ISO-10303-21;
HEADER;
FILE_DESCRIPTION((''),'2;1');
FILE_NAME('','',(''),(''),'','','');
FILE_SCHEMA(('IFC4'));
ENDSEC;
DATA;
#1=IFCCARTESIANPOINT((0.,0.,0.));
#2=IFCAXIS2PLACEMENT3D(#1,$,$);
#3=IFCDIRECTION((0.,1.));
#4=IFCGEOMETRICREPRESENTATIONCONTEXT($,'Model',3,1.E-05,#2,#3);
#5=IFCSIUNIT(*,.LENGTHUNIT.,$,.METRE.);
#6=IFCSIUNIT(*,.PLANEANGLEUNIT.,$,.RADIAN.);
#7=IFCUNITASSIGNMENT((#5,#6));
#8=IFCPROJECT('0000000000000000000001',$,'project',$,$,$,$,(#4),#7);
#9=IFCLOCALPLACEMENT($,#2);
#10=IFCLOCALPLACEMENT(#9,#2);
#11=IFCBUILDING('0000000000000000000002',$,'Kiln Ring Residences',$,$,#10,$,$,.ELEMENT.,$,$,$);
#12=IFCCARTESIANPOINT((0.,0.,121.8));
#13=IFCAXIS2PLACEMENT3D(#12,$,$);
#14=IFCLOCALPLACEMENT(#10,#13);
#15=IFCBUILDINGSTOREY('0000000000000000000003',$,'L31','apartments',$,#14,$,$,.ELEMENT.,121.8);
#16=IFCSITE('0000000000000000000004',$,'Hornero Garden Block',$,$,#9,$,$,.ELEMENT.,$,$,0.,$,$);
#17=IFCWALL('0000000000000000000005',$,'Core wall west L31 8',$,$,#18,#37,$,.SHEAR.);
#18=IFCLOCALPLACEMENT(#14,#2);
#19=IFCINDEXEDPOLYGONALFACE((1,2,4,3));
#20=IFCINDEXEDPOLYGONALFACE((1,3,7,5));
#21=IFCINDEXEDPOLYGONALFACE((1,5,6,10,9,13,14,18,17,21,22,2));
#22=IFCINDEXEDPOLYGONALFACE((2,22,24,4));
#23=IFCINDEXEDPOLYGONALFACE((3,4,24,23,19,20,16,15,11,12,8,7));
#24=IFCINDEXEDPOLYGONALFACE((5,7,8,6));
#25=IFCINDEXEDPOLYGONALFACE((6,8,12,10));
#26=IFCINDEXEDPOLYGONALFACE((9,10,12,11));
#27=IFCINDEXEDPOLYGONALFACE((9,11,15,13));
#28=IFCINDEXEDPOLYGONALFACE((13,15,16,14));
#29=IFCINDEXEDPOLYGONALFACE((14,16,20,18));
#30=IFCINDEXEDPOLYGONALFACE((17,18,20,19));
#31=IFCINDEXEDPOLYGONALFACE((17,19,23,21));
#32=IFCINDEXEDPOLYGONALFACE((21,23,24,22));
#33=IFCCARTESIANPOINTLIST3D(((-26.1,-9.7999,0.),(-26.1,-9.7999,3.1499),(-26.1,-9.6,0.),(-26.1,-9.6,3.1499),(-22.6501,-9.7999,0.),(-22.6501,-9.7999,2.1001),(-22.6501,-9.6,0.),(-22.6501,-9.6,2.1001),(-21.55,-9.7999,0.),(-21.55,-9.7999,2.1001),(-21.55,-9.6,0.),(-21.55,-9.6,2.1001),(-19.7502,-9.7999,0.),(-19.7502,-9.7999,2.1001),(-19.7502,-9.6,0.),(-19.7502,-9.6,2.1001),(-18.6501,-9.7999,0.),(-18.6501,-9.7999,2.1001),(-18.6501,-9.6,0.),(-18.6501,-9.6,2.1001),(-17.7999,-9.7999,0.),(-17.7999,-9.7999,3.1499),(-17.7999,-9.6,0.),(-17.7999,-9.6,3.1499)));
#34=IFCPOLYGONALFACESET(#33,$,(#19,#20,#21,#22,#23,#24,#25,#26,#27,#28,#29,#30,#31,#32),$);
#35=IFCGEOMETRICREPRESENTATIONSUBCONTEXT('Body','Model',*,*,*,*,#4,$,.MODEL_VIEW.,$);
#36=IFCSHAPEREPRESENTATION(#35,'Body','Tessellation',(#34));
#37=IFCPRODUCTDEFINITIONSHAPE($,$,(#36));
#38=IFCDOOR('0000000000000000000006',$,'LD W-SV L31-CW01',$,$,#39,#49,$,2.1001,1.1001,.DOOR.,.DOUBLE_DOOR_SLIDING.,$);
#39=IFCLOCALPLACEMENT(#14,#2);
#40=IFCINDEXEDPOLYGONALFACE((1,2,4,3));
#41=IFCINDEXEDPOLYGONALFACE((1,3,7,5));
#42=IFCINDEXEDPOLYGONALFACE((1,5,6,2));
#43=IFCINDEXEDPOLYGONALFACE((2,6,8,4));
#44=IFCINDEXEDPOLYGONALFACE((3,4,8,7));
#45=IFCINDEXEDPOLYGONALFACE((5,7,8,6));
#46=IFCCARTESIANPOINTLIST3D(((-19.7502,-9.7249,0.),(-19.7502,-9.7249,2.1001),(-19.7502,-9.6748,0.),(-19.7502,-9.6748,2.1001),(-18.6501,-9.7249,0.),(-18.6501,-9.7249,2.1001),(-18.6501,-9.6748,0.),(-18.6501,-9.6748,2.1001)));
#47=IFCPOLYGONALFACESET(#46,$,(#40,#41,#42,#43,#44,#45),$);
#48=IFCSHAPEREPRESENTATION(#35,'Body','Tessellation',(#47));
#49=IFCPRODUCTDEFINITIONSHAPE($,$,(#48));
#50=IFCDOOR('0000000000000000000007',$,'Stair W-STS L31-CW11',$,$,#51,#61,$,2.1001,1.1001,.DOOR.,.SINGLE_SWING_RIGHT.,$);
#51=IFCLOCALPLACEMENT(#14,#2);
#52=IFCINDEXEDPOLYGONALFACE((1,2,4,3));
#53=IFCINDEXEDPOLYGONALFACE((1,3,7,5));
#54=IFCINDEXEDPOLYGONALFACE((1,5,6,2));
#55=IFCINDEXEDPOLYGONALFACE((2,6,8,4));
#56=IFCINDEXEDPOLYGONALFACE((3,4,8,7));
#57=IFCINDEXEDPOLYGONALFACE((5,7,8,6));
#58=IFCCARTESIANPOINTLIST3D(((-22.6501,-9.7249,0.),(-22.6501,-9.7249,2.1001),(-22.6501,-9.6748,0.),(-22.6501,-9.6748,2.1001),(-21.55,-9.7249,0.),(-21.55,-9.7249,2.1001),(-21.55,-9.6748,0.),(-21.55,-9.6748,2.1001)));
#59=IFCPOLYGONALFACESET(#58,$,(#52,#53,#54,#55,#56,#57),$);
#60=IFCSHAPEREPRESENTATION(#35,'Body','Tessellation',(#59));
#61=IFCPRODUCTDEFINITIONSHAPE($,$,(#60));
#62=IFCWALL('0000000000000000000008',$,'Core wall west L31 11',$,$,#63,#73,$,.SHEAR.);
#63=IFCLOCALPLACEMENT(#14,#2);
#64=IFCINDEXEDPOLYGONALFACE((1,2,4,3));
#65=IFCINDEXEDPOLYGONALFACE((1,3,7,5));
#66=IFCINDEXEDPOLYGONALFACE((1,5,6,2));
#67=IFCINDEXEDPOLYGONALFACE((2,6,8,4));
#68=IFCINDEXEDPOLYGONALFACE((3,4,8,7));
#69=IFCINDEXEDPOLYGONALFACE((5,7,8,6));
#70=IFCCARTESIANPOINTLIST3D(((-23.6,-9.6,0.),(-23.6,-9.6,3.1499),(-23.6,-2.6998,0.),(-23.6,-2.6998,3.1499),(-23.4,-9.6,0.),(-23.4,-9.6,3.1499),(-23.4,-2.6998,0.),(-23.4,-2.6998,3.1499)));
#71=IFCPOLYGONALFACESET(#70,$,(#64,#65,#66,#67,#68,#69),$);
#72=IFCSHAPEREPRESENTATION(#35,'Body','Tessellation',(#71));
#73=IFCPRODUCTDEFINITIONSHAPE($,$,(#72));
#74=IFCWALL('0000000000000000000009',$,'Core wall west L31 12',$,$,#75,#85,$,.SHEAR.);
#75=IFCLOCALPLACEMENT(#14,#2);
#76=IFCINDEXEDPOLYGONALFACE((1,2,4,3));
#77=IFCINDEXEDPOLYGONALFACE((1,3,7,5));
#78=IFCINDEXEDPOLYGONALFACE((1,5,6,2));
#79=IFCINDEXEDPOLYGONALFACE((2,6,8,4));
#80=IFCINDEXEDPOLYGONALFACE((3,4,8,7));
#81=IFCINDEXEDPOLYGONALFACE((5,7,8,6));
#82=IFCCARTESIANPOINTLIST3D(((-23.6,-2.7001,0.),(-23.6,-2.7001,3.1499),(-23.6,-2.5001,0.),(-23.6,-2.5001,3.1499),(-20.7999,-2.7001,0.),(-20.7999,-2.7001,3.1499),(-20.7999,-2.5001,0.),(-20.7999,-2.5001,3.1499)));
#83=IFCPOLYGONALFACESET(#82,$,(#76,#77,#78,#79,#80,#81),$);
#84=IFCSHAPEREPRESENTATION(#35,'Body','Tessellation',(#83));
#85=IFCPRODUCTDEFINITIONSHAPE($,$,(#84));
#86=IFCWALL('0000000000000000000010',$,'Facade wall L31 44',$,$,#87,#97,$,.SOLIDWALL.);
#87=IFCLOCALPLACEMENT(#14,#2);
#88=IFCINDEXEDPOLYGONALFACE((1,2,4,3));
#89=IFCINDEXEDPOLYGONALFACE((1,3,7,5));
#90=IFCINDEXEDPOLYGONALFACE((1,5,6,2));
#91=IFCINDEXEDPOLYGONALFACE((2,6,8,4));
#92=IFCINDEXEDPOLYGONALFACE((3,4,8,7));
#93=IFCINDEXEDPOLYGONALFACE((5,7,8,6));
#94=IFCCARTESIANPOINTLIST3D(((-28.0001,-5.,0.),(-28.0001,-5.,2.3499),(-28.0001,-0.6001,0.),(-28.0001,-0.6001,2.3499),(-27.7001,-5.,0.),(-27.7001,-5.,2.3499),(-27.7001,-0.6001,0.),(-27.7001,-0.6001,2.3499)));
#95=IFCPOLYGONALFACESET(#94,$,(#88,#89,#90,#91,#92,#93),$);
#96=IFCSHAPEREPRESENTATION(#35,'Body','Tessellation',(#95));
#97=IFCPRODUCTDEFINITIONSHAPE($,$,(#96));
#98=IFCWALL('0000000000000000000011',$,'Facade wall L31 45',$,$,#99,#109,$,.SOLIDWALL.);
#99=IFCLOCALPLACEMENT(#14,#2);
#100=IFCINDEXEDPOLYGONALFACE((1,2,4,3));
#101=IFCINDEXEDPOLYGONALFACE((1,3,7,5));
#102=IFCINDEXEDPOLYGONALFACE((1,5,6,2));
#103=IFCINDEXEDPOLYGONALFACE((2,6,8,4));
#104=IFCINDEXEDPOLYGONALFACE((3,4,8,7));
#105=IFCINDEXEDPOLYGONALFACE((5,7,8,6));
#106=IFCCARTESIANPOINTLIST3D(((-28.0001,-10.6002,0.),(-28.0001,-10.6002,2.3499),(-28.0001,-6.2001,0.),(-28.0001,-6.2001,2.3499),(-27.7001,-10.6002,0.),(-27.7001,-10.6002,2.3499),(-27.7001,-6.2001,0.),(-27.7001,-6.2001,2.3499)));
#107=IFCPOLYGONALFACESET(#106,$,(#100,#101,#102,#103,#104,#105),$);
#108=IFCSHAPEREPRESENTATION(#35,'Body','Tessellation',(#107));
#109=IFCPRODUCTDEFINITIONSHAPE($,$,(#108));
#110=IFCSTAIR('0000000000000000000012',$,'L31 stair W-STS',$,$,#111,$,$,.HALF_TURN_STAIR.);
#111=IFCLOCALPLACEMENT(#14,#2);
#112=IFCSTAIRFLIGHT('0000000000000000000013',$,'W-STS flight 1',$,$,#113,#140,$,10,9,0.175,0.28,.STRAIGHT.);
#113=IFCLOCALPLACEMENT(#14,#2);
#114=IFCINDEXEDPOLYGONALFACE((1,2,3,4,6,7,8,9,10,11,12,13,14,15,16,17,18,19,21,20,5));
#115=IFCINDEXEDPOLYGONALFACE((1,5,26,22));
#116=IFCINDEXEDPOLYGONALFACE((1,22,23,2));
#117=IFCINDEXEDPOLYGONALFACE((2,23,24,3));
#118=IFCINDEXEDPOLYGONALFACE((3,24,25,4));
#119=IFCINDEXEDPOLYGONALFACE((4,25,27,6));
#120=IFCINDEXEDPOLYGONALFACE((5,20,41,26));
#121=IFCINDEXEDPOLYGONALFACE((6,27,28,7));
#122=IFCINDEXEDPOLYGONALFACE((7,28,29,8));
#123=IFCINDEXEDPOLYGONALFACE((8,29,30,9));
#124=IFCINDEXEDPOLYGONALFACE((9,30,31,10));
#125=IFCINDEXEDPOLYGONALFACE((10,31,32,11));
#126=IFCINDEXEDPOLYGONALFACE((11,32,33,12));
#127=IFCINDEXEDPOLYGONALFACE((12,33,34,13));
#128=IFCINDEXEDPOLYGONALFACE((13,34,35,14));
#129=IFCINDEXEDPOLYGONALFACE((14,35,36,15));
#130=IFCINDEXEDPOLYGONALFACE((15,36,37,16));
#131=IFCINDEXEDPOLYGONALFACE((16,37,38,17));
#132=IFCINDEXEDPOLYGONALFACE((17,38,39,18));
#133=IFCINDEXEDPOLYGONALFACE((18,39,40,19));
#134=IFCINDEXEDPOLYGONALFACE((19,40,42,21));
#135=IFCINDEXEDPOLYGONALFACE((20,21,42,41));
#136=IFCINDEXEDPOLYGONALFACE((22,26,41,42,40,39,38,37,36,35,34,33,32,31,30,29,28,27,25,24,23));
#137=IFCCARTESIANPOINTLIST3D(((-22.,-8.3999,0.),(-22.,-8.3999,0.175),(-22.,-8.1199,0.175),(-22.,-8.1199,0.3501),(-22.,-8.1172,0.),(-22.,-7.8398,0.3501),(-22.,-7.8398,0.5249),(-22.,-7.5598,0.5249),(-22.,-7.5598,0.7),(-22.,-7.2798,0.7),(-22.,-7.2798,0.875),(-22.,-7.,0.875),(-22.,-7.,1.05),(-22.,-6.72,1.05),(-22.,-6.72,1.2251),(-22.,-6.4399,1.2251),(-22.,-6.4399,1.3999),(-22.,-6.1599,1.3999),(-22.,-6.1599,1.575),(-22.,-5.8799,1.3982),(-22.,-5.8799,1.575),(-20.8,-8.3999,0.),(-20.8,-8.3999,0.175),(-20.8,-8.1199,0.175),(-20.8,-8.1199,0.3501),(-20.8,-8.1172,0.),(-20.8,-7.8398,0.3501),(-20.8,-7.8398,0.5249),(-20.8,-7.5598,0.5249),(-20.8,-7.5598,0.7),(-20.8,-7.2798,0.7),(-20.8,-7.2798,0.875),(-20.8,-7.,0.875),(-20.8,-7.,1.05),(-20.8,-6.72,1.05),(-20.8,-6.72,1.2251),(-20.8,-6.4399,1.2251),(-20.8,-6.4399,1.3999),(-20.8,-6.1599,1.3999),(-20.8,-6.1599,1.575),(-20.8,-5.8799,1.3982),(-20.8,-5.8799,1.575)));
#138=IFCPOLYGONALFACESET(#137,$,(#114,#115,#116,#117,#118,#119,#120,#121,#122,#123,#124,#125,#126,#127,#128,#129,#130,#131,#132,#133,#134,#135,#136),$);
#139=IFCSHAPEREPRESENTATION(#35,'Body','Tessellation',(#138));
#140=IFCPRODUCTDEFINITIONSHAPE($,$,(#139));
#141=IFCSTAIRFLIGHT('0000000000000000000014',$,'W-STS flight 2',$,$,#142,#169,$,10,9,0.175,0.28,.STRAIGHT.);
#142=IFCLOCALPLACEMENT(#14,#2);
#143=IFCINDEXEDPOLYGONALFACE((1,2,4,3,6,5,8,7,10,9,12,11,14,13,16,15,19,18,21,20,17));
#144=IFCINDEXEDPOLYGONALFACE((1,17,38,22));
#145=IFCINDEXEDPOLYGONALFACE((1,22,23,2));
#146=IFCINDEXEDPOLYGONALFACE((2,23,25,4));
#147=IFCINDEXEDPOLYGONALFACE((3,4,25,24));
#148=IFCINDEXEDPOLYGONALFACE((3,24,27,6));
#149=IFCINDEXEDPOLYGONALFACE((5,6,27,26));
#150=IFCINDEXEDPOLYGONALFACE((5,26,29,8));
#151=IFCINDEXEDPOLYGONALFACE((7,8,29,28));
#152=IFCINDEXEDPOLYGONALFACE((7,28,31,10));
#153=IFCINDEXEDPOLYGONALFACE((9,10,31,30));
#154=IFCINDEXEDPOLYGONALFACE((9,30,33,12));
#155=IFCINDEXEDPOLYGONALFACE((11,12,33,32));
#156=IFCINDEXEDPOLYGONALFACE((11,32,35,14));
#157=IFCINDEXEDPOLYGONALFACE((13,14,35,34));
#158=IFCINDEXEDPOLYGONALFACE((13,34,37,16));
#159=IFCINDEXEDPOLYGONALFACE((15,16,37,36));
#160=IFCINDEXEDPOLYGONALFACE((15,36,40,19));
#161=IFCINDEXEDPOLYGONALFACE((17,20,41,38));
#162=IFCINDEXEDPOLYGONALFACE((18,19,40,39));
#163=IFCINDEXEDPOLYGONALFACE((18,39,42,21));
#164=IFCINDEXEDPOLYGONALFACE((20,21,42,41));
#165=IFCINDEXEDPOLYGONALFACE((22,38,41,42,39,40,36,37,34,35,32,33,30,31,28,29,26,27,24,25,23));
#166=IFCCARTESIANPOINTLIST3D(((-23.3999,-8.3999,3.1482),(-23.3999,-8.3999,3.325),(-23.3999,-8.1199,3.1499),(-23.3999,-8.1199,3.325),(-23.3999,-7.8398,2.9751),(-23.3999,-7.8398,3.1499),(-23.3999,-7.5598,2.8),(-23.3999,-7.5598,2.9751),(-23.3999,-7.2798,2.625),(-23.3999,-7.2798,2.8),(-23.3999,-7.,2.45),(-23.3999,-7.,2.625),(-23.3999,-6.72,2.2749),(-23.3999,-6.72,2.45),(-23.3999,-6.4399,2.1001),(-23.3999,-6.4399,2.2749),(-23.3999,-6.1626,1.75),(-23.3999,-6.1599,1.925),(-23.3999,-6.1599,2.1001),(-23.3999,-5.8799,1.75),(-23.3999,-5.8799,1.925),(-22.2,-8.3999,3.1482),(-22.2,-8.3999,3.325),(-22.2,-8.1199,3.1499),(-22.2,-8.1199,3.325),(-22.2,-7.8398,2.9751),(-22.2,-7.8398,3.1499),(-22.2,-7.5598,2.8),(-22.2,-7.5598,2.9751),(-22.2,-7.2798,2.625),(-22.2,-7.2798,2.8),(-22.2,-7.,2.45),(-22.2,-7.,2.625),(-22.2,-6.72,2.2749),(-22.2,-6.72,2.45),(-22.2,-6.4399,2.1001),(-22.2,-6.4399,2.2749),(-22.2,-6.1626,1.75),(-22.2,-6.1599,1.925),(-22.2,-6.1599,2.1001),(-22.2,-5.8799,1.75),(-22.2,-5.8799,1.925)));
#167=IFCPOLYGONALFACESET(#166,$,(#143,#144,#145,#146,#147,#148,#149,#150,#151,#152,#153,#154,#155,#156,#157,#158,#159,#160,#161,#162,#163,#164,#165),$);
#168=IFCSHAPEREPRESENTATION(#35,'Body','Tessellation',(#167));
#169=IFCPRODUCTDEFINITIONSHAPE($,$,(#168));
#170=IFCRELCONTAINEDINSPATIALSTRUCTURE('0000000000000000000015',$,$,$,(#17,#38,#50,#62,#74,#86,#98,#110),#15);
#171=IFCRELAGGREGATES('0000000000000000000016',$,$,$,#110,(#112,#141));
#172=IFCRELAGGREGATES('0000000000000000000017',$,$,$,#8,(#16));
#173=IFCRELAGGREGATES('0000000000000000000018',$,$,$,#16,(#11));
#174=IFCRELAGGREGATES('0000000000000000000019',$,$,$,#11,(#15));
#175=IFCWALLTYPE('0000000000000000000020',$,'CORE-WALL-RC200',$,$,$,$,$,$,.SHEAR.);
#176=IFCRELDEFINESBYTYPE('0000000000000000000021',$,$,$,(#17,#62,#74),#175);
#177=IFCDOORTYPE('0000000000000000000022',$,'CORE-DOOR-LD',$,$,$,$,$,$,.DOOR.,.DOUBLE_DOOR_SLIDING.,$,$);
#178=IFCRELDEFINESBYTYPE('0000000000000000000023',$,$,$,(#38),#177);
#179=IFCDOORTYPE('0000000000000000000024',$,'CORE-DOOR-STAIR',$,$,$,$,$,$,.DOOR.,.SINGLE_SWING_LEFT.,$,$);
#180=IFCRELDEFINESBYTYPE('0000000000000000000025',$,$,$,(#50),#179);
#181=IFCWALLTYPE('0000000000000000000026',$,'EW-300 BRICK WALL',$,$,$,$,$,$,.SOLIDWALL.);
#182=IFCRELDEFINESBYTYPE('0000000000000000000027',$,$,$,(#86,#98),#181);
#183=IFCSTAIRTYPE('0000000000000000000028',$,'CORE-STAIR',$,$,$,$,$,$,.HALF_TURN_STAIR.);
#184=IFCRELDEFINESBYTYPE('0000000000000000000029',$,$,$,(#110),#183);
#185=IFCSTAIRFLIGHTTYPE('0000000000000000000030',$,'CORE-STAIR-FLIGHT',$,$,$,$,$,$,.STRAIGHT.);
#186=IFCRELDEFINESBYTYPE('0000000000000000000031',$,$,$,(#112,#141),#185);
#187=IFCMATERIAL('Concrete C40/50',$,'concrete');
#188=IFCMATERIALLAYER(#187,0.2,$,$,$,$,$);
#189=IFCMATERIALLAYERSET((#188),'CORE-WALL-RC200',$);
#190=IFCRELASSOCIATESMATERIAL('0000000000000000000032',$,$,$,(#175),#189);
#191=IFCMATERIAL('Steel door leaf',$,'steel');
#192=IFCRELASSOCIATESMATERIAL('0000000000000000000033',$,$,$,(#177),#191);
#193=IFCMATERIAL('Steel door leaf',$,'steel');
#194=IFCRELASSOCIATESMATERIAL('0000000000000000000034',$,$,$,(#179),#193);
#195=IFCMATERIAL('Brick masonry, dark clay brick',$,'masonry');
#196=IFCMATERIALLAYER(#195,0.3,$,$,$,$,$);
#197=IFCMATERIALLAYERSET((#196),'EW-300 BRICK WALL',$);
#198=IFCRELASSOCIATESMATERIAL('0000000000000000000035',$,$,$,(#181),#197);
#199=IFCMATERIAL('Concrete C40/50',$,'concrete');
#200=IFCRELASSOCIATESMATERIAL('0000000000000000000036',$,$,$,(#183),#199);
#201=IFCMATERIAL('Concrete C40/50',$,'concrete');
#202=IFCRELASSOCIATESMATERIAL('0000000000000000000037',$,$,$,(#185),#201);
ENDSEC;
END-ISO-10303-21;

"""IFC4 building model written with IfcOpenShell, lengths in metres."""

from ifc_helpers import new_model, si_unit, direction, frame, frame_2d, origin, place, context, subcontext, project, spatial, polyline, rectangle, outline, extrude, material, layer, layer_set, type_object, element, fill, aggregate, save


model = new_model("IFC4")

# Units and contexts
model_context = context("Model", 3, precision=1e-05, world=origin(), true_north=direction((0.0, 1.0)))
body_context = subcontext(model_context, "Body", "Model", "MODEL_VIEW")
ifc_project = project(units=[si_unit("LENGTHUNIT", "METRE"), si_unit("PLANEANGLEUNIT", "RADIAN")], contexts=[model_context])

# Site, building, storey
site_placement = place(None, origin())
site = spatial("IfcSite", under=ifc_project, at=site_placement, Name="Hornero Garden Block", CompositionType="ELEMENT", RefElevation=0.0)
building_placement = place(site_placement, origin())
building = spatial("IfcBuilding", under=site, at=building_placement, Name="Kiln Ring Residences", CompositionType="ELEMENT")
storey_placement = place(building_placement, frame((0.0, 0.0, 121.8)))
storey = spatial("IfcBuildingStorey", under=building, at=storey_placement, Name="L31", Description="apartments", CompositionType="ELEMENT", Elevation=121.8)

# Shared definitions
ifc_material_1 = material(Name="Concrete C40/50", Category="concrete")
ifc_layer_1 = layer(ifc_material_1, 0.2)
ifc_layer_set_1 = layer_set([ifc_layer_1], Name="CORE-WALL-RC200")
wall_type_1 = type_object("IfcWallType", Name="CORE-WALL-RC200", PredefinedType="SHEAR", material=ifc_layer_set_1)

# Wall, openings, doors
wall_1_placement = place(storey_placement, frame((-17.8, -9.7, 0.0), z_axis=(0.0, 0.0, 1.0), x_axis=(-1.0, 0.0, 0.0)))
wall_1 = element("IfcWall", 1, at=wall_1_placement, inside=storey, type_object=wall_type_1, Name="Core wall west L31 8", PredefinedType="SHEAR", context=body_context, shape_type="SweptSolid", body=[
    extrude(rectangle(XDim=8.3, YDim=0.2, at=frame_2d((4.1499, 0.0))), origin(), (0.0, 0.0, 1.0), 3.1499),
])
opening_1_placement = place(wall_1_placement, frame((0.8501, 0.0, 0.0)))
opening_1 = element("IfcOpeningElement", 2, at=opening_1_placement, cuts=wall_1, PredefinedType="OPENING", context=body_context, shape_type="SweptSolid", body=[
    extrude(rectangle(XDim=1.1001, YDim=2.1001, at=frame_2d((0.55, 1.05))), frame((0.0, 0.1099, 0.0), z_axis=(0.0, -1.0, 0.0), x_axis=(1.0, 0.0, 0.0)), (0.0, 0.0, 1.0), 0.22),
])
opening_2_placement = place(wall_1_placement, frame((3.75, 0.0, 0.0)))
opening_2 = element("IfcOpeningElement", 3, at=opening_2_placement, cuts=wall_1, PredefinedType="OPENING", context=body_context, shape_type="SweptSolid", body=[
    extrude(rectangle(XDim=1.1001, YDim=2.1001, at=frame_2d((0.55, 1.05))), frame((0.0, 0.1099, 0.0), z_axis=(0.0, -1.0, 0.0), x_axis=(1.0, 0.0, 0.0)), (0.0, 0.0, 1.0), 0.22),
])
ifc_material_2 = material(Name="Steel door leaf", Category="steel")
door_type_1 = type_object("IfcDoorType", Name="CORE-DOOR-LD", OperationType="DOUBLE_DOOR_SLIDING", PredefinedType="DOOR", material=ifc_material_2)
door_1_placement = place(opening_1_placement, origin())
door_1 = element("IfcDoor", 4, at=door_1_placement, inside=storey, type_object=door_type_1, Name="LD W-SV L31-CW01", OperationType="DOUBLE_DOOR_SLIDING", OverallHeight=2.1001, OverallWidth=1.1001, PredefinedType="DOOR", context=body_context, shape_type="SweptSolid", body=[
    extrude(rectangle(XDim=1.1001, YDim=2.1001, at=frame_2d((0.55, 1.05))), frame((0.0, 0.0249, 0.0), z_axis=(0.0, -1.0, 0.0), x_axis=(1.0, 0.0, 0.0)), (0.0, 0.0, 1.0), 0.05),
])
fill(opening_1, door_1)
ifc_material_3 = material(Name="Steel door leaf", Category="steel")
door_type_2 = type_object("IfcDoorType", Name="CORE-DOOR-STAIR", OperationType="SINGLE_SWING_LEFT", PredefinedType="DOOR", material=ifc_material_3)
door_2_placement = place(opening_2_placement, origin())
door_2 = element("IfcDoor", 5, at=door_2_placement, inside=storey, type_object=door_type_2, Name="Stair W-STS L31-CW11", OperationType="SINGLE_SWING_RIGHT", OverallHeight=2.1001, OverallWidth=1.1001, PredefinedType="DOOR", context=body_context, shape_type="SweptSolid", body=[
    extrude(rectangle(XDim=1.1001, YDim=2.1001, at=frame_2d((0.55, 1.05))), frame((0.0, 0.0249, 0.0), z_axis=(0.0, -1.0, 0.0), x_axis=(1.0, 0.0, 0.0)), (0.0, 0.0, 1.0), 0.05),
])
fill(opening_2, door_2)

# Walls
wall_2_placement = place(storey_placement, frame((-23.5, -9.6001, 0.0), z_axis=(0.0, 0.0, 1.0), x_axis=(0.0, 1.0, 0.0)))
element("IfcWall", 6, at=wall_2_placement, inside=storey, type_object=wall_type_1, Name="Core wall west L31 11", PredefinedType="SHEAR", context=body_context, shape_type="SweptSolid", body=[
    extrude(rectangle(XDim=6.9001, YDim=0.2, at=frame_2d((3.4502, 0.0))), origin(), (0.0, 0.0, 1.0), 3.1499),
])
wall_3_placement = place(storey_placement, frame((-20.8, -2.6001, 0.0), z_axis=(0.0, 0.0, 1.0), x_axis=(-1.0, 0.0, 0.0)))
element("IfcWall", 7, at=wall_3_placement, inside=storey, type_object=wall_type_1, Name="Core wall west L31 12", PredefinedType="SHEAR", context=body_context, shape_type="SweptSolid", body=[
    extrude(rectangle(XDim=2.8, YDim=0.2, at=frame_2d((1.3999, 0.0))), origin(), (0.0, 0.0, 1.0), 3.1499),
])
ifc_material_4 = material(Name="Brick masonry, dark clay brick", Category="masonry")
ifc_layer_2 = layer(ifc_material_4, 0.3)
ifc_layer_set_2 = layer_set([ifc_layer_2], Name="EW-300 BRICK WALL")
wall_type_2 = type_object("IfcWallType", Name="EW-300 BRICK WALL", PredefinedType="SOLIDWALL", material=ifc_layer_set_2)
wall_4_placement = place(storey_placement, frame((-27.8501, -0.6001, 0.0), z_axis=(0.0, 0.0, 1.0), x_axis=(0.0, -1.0, 0.0)))
element("IfcWall", 8, at=wall_4_placement, inside=storey, type_object=wall_type_2, Name="Facade wall L31 44", PredefinedType="SOLIDWALL", context=body_context, shape_type="SweptSolid", body=[
    extrude(rectangle(XDim=4.3999, YDim=0.3, at=frame_2d((2.2, 0.0))), origin(), (0.0, 0.0, 1.0), 2.3499),
])
wall_5_placement = place(storey_placement, frame((-27.8501, -6.2, 0.0), z_axis=(0.0, 0.0, 1.0), x_axis=(0.0, -1.0, 0.0)))
element("IfcWall", 9, at=wall_5_placement, inside=storey, type_object=wall_type_2, Name="Facade wall L31 45", PredefinedType="SOLIDWALL", context=body_context, shape_type="SweptSolid", body=[
    extrude(rectangle(XDim=4.4001, YDim=0.3, at=frame_2d((2.2002, 0.0))), origin(), (0.0, 0.0, 1.0), 2.3499),
])

# Stair, stair flights
ifc_material_5 = material(Name="Concrete C40/50", Category="concrete")
stair_type = type_object("IfcStairType", Name="CORE-STAIR", PredefinedType="HALF_TURN_STAIR", material=ifc_material_5)
stair_placement = place(storey_placement, origin())
stair = element("IfcStair", 10, at=stair_placement, inside=storey, type_object=stair_type, Name="L31 stair W-STS", PredefinedType="HALF_TURN_STAIR")
ifc_material_6 = material(Name="Concrete C40/50", Category="concrete")
stair_flight_type = type_object("IfcStairFlightType", Name="CORE-STAIR-FLIGHT", PredefinedType="STRAIGHT", material=ifc_material_6)
stair_flight_1_placement = place(storey_placement, frame((-21.3999, -8.3999, 0.0), z_axis=(0.0, 0.0, 1.0), x_axis=(0.0, 1.0, 0.0)))
stair_flight_1 = element("IfcStairFlight", 11, at=stair_flight_1_placement, type_object=stair_flight_type, Name="W-STS flight 1", NumberOfRisers=10, NumberOfTreads=9, PredefinedType="STRAIGHT", RiserHeight=0.175, TreadLength=0.28, context=body_context, shape_type="SweptSolid", body=[
    extrude(outline(polyline([(0.0, 0.0), (0.0, 0.175), (0.28, 0.175), (0.28, 0.3501), (0.5601, 0.3501), (0.5601, 0.5249), (0.8401, 0.5249), (0.8401, 0.7), (1.1201, 0.7), (1.1201, 0.875), (1.3999, 0.875), (1.3999, 1.05), (1.6799, 1.05), (1.6799, 1.2251), (1.96, 1.2251), (1.96, 1.3999), (2.24, 1.3999), (2.24, 1.575), (2.52, 1.575), (2.52, 1.75), (2.52, 1.3982), (0.2827, 0.0), (0.0, 0.0)])), frame((0.0, 0.6001, 0.0), z_axis=(0.0, -1.0, 0.0), x_axis=(1.0, 0.0, 0.0)), (0.0, 0.0, 1.0), 1.2),
])
stair_flight_2_placement = place(storey_placement, frame((-22.8, -5.8799, 1.75), z_axis=(0.0, 0.0, 1.0), x_axis=(0.0, -1.0, 0.0)))
stair_flight_2 = element("IfcStairFlight", 12, at=stair_flight_2_placement, type_object=stair_flight_type, Name="W-STS flight 2", NumberOfRisers=10, NumberOfTreads=9, PredefinedType="STRAIGHT", RiserHeight=0.175, TreadLength=0.28, context=body_context, shape_type="SweptSolid", body=[
    extrude(outline(polyline([(0.0, 0.0), (0.0, 0.175), (0.28, 0.175), (0.28, 0.3501), (0.5601, 0.3501), (0.5601, 0.5249), (0.8401, 0.5249), (0.8401, 0.7), (1.1201, 0.7), (1.1201, 0.875), (1.3999, 0.875), (1.3999, 1.05), (1.6799, 1.05), (1.6799, 1.2251), (1.96, 1.2251), (1.96, 1.3999), (2.24, 1.3999), (2.24, 1.575), (2.52, 1.575), (2.52, 1.75), (2.52, 1.3982), (0.2827, 0.0), (0.0, 0.0)])), frame((0.0, 0.6001, 0.0), z_axis=(0.0, -1.0, 0.0), x_axis=(1.0, 0.0, 0.0)), (0.0, 0.0, 1.0), 1.2),
])
aggregate(stair, [stair_flight_1, stair_flight_2])

save(model, "model.ifc")
